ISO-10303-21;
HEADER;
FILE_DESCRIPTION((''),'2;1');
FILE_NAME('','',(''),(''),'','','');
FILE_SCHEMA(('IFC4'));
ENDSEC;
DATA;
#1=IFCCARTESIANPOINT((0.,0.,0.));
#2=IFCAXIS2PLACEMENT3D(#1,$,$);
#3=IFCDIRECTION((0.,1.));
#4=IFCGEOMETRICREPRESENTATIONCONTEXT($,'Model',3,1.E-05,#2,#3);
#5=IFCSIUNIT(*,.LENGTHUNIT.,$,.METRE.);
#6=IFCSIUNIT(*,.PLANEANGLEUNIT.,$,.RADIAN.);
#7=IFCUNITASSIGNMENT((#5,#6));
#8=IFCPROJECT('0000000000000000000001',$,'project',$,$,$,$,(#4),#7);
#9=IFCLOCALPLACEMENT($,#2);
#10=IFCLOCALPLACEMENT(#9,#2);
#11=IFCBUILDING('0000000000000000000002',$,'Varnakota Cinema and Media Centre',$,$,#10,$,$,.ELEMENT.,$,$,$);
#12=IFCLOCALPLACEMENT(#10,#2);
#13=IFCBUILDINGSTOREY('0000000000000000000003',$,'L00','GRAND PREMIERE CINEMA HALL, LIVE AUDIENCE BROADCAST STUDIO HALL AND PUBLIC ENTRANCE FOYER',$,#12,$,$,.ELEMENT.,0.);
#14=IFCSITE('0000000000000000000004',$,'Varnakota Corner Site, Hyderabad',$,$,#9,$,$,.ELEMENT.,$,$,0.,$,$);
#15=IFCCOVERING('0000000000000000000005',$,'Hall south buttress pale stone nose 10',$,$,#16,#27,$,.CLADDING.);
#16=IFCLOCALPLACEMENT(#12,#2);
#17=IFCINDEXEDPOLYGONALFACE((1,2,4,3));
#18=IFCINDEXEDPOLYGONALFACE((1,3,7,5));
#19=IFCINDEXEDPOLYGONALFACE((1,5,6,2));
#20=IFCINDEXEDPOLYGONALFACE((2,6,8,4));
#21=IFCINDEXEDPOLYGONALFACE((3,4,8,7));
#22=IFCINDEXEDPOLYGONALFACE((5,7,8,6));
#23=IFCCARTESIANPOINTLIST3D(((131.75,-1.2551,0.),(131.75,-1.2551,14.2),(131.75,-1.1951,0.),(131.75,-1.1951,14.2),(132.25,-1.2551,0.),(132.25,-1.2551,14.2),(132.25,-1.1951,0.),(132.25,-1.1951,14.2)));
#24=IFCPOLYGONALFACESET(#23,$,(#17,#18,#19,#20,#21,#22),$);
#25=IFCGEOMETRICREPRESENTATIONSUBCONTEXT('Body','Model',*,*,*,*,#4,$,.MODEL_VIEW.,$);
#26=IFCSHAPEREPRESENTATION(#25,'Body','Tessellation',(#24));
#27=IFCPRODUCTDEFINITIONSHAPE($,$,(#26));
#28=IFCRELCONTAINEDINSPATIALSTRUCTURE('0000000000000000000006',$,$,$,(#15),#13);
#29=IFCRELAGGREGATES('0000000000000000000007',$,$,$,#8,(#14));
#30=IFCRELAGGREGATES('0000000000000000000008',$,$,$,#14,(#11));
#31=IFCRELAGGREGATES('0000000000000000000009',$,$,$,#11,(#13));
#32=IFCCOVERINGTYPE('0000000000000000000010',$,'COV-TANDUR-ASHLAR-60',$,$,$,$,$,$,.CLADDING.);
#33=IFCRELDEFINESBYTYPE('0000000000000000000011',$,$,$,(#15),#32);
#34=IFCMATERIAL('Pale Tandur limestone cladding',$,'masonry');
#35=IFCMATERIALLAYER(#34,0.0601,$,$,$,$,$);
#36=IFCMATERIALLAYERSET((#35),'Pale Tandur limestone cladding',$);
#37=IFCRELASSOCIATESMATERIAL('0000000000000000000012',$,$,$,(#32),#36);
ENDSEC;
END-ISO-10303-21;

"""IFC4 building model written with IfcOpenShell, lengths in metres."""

from ifc_helpers import new_model, si_unit, direction, frame, origin, origin_2d, place, context, subcontext, project, spatial, rectangle, extrude, material, layer, layer_set, type_object, element, save


model = new_model("IFC4")

# Units and contexts
model_context = context("Model", 3, precision=1e-05, world=origin(), true_north=direction((0.0, 1.0)))
body_context = subcontext(model_context, "Body", "Model", "MODEL_VIEW")
ifc_project = project(units=[si_unit("LENGTHUNIT", "METRE"), si_unit("PLANEANGLEUNIT", "RADIAN")], contexts=[model_context])

# Site, building, storey
site_placement = place(None, origin())
site = spatial("IfcSite", under=ifc_project, at=site_placement, Name="Varnakota Corner Site, Hyderabad", CompositionType="ELEMENT", RefElevation=0.0)
building_placement = place(site_placement, origin())
building = spatial("IfcBuilding", under=site, at=building_placement, Name="Varnakota Cinema and Media Centre", CompositionType="ELEMENT")
storey_placement = place(building_placement, origin())
storey = spatial("IfcBuildingStorey", under=building, at=storey_placement, Name="L00", Description="GRAND PREMIERE CINEMA HALL, LIVE AUDIENCE BROADCAST STUDIO HALL AND PUBLIC ENTRANCE FOYER", CompositionType="ELEMENT", Elevation=0.0)

# Covering
ifc_material_1 = material(Name="Pale Tandur limestone cladding", Category="masonry")
ifc_layer_1 = layer(ifc_material_1, 0.0601)
ifc_layer_set_1 = layer_set([ifc_layer_1], Name="Pale Tandur limestone cladding")
covering_type = type_object("IfcCoveringType", Name="COV-TANDUR-ASHLAR-60", PredefinedType="CLADDING", material=ifc_layer_set_1)
for number, where, z_axis, x_axis, name in (
    (1, (132.0, -1.2251, 0.0), (0.0, 0.0, 1.0), (1.0, 0.0, 0.0), "Hall south buttress pale stone nose 10"),
):
    element("IfcCovering", number, at=place(storey_placement, frame(where, z_axis=z_axis, x_axis=x_axis)), inside=storey, type_object=covering_type, Name=name, PredefinedType="CLADDING", context=body_context, shape_type="SweptSolid", body=[
        extrude(rectangle(XDim=0.5, YDim=0.0601, at=origin_2d()), origin(), (0.0, 0.0, 1.0), 14.2),
    ])

save(model, "model.ifc")
